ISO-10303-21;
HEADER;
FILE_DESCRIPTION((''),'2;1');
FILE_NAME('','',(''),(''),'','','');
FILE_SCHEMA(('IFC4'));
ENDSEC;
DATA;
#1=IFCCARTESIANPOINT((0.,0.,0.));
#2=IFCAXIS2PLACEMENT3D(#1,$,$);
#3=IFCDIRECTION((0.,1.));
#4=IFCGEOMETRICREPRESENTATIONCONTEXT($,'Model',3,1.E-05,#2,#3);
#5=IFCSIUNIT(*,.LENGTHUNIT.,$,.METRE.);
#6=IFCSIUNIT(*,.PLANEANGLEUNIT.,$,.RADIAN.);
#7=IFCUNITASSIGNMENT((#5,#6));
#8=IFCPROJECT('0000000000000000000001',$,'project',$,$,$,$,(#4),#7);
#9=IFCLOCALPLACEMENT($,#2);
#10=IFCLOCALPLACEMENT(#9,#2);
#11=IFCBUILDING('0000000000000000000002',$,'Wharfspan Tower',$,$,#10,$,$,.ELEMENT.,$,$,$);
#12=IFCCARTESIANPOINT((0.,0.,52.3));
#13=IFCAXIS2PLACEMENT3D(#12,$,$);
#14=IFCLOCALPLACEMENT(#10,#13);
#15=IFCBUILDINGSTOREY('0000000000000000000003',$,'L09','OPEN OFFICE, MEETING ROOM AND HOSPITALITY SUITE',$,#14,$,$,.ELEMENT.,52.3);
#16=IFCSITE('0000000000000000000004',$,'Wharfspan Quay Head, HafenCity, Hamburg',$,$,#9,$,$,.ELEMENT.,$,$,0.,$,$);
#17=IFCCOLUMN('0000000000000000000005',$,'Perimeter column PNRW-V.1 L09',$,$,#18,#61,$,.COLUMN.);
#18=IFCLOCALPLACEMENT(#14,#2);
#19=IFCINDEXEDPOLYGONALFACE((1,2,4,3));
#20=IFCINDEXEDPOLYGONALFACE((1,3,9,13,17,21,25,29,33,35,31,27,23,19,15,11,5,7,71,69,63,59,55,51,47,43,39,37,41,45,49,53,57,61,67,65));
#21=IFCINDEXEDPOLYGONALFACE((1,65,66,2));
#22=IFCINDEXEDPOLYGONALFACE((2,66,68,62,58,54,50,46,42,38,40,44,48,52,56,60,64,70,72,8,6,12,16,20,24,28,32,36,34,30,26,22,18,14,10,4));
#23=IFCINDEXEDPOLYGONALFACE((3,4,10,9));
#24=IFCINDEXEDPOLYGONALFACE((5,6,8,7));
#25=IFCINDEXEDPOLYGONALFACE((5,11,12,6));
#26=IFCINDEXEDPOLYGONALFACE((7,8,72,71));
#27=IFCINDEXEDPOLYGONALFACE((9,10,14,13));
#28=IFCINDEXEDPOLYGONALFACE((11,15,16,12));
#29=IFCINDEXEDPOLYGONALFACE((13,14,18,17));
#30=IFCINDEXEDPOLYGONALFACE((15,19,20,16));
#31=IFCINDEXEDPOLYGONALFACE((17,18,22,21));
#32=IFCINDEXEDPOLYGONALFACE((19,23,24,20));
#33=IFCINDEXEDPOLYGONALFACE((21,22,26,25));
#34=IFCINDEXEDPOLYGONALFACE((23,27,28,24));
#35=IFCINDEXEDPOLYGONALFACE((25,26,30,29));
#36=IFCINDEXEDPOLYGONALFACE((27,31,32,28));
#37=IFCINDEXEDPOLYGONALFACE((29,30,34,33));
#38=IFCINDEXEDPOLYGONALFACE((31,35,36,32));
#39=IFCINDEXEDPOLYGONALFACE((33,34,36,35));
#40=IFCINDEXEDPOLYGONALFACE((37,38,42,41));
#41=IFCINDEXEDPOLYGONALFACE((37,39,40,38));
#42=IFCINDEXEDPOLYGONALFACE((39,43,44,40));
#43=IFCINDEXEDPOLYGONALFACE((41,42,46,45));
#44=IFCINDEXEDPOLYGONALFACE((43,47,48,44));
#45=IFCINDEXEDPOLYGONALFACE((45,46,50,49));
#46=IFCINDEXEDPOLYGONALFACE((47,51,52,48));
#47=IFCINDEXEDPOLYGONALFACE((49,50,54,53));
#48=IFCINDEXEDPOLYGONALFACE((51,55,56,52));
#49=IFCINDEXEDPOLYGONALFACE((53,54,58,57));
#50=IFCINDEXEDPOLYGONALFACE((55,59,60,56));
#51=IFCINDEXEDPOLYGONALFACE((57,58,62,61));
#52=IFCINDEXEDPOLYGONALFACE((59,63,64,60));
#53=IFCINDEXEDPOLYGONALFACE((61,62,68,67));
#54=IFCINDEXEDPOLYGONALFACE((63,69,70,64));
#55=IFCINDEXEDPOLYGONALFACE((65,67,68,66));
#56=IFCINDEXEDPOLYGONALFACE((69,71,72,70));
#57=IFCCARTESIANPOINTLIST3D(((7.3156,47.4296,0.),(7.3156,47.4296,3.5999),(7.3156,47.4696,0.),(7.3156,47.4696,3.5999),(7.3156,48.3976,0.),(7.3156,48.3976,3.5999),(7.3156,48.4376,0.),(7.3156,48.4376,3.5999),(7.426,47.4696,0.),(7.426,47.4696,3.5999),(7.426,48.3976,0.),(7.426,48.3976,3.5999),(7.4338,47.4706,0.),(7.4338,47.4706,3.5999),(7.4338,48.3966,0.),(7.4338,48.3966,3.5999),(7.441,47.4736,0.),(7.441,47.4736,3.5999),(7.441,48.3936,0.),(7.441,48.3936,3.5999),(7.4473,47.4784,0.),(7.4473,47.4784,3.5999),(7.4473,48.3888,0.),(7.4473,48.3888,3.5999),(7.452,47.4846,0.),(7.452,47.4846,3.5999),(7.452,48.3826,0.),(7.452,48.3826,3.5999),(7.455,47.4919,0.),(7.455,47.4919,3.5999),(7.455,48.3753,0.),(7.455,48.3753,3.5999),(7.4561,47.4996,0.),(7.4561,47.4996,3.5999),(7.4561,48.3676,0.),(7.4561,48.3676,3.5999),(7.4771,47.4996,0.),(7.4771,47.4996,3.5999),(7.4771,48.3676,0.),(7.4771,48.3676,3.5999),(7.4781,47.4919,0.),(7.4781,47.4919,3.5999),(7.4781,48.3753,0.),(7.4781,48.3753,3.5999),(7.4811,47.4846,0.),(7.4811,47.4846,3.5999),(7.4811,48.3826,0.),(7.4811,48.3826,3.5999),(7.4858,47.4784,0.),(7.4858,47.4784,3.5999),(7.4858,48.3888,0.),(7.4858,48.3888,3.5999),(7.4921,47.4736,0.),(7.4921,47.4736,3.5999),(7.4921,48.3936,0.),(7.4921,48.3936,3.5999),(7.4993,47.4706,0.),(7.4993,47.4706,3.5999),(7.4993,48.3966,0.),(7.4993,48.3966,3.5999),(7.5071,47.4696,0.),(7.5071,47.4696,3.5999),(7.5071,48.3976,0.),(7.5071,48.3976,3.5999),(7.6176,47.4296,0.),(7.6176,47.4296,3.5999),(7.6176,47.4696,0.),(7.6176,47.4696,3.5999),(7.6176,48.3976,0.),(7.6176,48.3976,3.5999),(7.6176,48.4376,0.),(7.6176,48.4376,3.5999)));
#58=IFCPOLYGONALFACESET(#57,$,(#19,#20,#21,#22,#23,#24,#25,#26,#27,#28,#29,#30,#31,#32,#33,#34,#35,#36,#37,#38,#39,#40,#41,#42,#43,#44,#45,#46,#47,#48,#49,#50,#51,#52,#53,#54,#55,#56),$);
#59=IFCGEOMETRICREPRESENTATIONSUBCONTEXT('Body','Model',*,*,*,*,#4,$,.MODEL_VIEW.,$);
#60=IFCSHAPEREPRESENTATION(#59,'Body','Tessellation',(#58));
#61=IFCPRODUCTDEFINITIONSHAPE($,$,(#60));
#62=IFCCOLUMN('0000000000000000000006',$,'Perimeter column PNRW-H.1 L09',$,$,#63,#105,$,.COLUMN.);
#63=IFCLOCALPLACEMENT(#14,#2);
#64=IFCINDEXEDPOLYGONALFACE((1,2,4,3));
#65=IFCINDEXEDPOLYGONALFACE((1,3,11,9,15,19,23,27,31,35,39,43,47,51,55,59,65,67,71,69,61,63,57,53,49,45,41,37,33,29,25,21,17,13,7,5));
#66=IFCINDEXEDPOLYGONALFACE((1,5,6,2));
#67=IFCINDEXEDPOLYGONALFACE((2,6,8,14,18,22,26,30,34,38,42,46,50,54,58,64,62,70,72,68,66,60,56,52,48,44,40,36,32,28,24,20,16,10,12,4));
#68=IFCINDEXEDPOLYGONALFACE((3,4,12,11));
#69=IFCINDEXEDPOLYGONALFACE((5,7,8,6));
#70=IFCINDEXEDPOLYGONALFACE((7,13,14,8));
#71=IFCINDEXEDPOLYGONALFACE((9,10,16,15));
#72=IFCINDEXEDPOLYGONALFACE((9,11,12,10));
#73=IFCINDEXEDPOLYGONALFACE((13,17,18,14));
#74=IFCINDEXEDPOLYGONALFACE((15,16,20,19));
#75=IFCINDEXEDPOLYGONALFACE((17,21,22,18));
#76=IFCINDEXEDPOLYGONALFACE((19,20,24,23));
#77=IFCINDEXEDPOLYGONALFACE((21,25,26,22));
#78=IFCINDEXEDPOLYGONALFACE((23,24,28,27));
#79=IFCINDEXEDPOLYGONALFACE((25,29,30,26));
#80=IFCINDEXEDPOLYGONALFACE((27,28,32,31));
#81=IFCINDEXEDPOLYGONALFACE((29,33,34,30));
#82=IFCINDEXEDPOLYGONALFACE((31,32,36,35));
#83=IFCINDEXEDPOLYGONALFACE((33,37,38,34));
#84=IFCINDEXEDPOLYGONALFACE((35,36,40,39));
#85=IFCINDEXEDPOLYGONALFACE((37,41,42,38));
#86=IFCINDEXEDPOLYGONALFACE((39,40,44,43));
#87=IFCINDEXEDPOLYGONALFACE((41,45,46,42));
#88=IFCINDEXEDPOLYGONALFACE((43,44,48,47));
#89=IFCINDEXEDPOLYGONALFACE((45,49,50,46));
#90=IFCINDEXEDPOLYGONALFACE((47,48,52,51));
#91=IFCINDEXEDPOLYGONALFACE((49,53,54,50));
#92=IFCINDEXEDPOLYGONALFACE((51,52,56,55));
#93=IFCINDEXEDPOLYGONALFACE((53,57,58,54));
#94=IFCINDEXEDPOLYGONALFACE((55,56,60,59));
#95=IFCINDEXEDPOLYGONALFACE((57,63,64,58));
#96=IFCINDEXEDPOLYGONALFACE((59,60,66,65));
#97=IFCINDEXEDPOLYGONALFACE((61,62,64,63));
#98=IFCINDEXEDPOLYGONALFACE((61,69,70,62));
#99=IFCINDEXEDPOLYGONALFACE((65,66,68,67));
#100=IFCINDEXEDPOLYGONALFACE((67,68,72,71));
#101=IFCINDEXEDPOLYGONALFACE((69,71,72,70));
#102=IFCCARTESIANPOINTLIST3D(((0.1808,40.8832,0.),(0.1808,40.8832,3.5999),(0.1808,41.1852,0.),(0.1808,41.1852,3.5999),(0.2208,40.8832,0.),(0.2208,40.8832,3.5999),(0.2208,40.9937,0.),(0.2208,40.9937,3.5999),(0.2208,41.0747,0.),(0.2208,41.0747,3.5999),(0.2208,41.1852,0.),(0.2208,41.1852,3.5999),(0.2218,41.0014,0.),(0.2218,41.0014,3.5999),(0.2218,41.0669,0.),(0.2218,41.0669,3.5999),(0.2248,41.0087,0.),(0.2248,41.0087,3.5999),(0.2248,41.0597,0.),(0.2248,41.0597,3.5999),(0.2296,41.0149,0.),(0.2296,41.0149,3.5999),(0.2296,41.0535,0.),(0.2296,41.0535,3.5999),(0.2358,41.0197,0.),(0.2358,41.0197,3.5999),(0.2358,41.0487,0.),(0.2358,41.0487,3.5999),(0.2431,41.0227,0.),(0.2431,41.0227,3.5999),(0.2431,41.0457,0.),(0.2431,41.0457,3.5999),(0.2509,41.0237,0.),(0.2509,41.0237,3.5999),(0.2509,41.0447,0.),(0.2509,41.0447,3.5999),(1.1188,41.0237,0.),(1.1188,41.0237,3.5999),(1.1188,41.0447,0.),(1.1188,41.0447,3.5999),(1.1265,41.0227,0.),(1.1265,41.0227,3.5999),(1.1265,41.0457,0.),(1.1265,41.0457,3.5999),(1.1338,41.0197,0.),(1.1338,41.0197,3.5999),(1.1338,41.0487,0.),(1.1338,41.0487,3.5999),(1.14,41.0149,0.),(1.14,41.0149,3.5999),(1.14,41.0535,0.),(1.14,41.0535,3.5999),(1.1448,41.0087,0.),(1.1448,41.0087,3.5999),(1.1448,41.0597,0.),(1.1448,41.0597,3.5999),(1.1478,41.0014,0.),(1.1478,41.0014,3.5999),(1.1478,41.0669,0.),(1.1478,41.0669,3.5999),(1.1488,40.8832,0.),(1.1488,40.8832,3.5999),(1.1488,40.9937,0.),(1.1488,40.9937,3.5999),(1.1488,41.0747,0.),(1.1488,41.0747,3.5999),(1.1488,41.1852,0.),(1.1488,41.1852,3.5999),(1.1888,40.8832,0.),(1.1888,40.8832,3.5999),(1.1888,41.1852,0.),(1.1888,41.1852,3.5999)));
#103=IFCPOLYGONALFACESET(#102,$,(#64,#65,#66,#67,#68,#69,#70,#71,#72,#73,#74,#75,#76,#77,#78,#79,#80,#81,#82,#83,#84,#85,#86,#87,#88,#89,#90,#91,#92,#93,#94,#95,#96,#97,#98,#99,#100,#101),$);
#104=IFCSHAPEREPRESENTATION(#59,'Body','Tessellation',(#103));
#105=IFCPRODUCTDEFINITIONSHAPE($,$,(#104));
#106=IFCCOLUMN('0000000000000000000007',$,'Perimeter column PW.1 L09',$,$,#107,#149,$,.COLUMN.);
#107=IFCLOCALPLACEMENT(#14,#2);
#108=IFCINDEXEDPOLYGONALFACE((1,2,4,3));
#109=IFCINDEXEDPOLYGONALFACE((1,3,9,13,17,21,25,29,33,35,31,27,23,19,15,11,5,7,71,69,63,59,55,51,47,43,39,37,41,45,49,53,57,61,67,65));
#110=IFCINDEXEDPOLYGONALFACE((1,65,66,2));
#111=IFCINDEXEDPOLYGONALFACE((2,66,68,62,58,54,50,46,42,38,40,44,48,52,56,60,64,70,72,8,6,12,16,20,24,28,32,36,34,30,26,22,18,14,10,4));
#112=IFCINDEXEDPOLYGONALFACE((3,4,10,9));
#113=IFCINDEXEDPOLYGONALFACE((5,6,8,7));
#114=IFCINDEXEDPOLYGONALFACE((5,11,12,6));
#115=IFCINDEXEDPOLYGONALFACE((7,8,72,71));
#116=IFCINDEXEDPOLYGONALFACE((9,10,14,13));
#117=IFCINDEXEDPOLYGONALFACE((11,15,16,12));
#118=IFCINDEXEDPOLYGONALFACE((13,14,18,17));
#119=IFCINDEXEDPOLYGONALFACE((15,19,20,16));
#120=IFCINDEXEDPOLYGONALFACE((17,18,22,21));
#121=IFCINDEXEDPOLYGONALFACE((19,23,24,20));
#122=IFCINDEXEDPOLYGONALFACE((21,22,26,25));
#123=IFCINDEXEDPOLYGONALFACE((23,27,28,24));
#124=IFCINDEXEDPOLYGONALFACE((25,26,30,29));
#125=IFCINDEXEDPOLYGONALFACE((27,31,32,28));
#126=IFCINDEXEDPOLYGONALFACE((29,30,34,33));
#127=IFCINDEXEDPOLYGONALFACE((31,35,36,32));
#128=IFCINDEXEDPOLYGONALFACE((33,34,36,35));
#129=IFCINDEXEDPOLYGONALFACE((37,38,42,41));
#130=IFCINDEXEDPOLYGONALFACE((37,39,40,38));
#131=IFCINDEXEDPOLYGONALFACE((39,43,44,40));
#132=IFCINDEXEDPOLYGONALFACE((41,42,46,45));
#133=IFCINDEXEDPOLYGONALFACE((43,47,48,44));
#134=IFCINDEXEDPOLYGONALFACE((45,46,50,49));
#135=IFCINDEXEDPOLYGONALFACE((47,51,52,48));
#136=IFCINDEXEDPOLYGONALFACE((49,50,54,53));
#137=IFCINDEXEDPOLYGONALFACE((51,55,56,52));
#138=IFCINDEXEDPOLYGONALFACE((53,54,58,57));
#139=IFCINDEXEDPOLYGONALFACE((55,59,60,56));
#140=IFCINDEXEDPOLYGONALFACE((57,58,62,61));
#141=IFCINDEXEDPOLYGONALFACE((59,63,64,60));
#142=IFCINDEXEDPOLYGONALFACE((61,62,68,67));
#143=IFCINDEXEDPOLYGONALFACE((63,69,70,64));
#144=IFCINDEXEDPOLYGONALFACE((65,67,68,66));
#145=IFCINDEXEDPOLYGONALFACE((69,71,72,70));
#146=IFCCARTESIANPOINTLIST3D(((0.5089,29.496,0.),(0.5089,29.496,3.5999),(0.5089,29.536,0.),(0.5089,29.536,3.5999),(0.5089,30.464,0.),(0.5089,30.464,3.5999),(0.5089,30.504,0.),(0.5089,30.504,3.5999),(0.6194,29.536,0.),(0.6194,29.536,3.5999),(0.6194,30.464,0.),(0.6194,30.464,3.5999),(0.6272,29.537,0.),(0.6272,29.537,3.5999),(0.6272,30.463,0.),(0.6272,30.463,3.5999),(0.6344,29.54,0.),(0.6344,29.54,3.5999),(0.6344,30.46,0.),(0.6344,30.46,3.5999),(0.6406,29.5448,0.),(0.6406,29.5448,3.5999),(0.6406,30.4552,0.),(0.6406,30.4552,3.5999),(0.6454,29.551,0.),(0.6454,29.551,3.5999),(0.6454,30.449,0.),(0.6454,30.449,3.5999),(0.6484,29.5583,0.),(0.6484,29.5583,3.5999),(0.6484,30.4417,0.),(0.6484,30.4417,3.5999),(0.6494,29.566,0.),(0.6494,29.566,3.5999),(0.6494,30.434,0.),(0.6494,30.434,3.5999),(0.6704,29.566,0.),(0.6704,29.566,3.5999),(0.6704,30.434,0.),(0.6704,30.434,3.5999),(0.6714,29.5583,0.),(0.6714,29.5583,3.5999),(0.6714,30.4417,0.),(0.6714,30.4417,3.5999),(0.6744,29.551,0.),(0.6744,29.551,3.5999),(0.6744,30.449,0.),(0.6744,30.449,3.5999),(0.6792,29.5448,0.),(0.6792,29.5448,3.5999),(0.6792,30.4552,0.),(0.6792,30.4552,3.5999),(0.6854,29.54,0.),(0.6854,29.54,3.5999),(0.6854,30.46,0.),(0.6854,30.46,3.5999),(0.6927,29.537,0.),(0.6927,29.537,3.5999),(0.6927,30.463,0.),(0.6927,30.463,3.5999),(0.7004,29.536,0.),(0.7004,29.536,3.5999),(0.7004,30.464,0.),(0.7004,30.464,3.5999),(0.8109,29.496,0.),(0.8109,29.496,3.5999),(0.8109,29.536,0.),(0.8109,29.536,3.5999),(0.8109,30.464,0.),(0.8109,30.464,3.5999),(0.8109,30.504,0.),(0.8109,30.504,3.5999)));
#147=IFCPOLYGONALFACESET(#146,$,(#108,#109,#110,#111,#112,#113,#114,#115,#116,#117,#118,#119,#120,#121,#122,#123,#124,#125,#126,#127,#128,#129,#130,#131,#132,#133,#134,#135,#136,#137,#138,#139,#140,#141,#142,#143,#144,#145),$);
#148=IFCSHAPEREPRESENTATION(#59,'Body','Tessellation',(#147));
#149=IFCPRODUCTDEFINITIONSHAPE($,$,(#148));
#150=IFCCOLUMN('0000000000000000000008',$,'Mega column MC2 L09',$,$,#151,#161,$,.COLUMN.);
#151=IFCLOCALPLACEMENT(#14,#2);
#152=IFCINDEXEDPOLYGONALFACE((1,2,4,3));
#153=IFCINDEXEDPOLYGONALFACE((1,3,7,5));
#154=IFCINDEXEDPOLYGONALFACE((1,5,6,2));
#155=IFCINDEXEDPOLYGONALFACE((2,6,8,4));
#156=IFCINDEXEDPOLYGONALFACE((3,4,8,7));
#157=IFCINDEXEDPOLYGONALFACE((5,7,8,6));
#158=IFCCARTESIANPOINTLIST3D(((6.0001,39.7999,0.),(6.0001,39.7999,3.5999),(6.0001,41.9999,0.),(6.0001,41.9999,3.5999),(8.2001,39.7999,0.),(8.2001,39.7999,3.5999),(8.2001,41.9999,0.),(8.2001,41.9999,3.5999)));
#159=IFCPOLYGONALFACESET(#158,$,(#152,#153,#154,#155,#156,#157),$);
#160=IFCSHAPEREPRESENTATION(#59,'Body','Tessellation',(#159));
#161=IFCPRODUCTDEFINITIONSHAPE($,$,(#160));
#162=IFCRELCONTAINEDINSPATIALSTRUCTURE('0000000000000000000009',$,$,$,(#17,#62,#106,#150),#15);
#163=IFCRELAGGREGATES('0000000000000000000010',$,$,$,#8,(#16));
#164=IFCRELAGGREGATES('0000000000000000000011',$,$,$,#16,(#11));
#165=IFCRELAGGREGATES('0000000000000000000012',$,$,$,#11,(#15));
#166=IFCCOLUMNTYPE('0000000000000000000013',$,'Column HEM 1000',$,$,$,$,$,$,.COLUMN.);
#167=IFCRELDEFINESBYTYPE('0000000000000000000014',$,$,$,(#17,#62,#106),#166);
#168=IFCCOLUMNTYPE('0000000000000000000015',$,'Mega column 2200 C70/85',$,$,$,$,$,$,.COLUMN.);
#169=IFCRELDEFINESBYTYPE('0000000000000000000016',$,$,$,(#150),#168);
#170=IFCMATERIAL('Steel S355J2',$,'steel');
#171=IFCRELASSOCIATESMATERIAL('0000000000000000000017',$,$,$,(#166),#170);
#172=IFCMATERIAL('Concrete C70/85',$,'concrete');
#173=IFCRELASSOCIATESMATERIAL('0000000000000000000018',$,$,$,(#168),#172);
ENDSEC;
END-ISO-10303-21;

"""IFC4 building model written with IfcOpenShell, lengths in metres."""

from ifc_helpers import new_model, si_unit, direction, frame, origin, origin_2d, place, context, subcontext, project, spatial, rectangle, i_section, extrude, material, material_profile, profile_set, type_object, element, save


model = new_model("IFC4")

# Units and contexts
model_context = context("Model", 3, precision=1e-05, world=origin(), true_north=direction((0.0, 1.0)))
body_context = subcontext(model_context, "Body", "Model", "MODEL_VIEW")
ifc_project = project(units=[si_unit("LENGTHUNIT", "METRE"), si_unit("PLANEANGLEUNIT", "RADIAN")], contexts=[model_context])

# Site, building, storey
site_placement = place(None, origin())
site = spatial("IfcSite", under=ifc_project, at=site_placement, Name="Wharfspan Quay Head, HafenCity, Hamburg", CompositionType="ELEMENT", RefElevation=0.0)
building_placement = place(site_placement, origin())
building = spatial("IfcBuilding", under=site, at=building_placement, Name="Wharfspan Tower", CompositionType="ELEMENT")
storey_placement = place(building_placement, frame((0.0, 0.0, 52.3)))
storey = spatial("IfcBuildingStorey", under=building, at=storey_placement, Name="L09", Description="OPEN OFFICE, MEETING ROOM AND HOSPITALITY SUITE", CompositionType="ELEMENT", Elevation=52.3)

# Columns
ifc_material_1 = material(Name="Steel S355J2", Category="steel")
ifc_material_profile_1 = material_profile(ifc_material_1, i_section(OverallWidth=0.302, OverallDepth=1.0081, WebThickness=0.021, FlangeThickness=0.04, FilletRadius=0.03, at=origin_2d()))
ifc_profile_set_1 = profile_set([ifc_material_profile_1], Name="Steel S355J2")
column_type_1 = type_object("IfcColumnType", Name="Column HEM 1000", PredefinedType="COLUMN", material=ifc_profile_set_1)
for number, where, z_axis, x_axis, name in (
    (1, (7.4666, 47.9336, 0.0), (0.0, 0.0, 1.0), (-1.0, 0.0, 0.0), "Perimeter column PNRW-V.1 L09"),
    (2, (0.6848, 41.0342, 0.0), (0.0, 0.0, 1.0), (0.0, 1.0, 0.0), "Perimeter column PNRW-H.1 L09"),
    (3, (0.6599, 30.0, 0.0), (0.0, 0.0, 1.0), (-1.0, 0.0, 0.0), "Perimeter column PW.1 L09"),
):
    element("IfcColumn", number, at=place(storey_placement, frame(where, z_axis=z_axis, x_axis=x_axis)), inside=storey, type_object=column_type_1, Name=name, PredefinedType="COLUMN", context=body_context, shape_type="SweptSolid", body=[
        extrude(i_section(OverallWidth=0.302, OverallDepth=1.0081, WebThickness=0.021, FlangeThickness=0.04, FilletRadius=0.03, at=origin_2d()), origin(), (0.0, 0.0, 1.0), 3.5999),
    ])
ifc_material_2 = material(Name="Concrete C70/85", Category="concrete")
ifc_material_profile_2 = material_profile(ifc_material_2, rectangle(XDim=2.2, YDim=2.2, at=origin_2d()))
ifc_profile_set_2 = profile_set([ifc_material_profile_2], Name="Concrete C70/85")
column_type_2 = type_object("IfcColumnType", Name="Mega column 2200 C70/85", PredefinedType="COLUMN", material=ifc_profile_set_2)
column_placement = place(storey_placement, frame((7.1001, 40.8999, 0.0), z_axis=(0.0, 0.0, 1.0), x_axis=(1.0, 0.0, 0.0)))
element("IfcColumn", 4, at=column_placement, inside=storey, type_object=column_type_2, Name="Mega column MC2 L09", PredefinedType="COLUMN", context=body_context, shape_type="SweptSolid", body=[
    extrude(rectangle(XDim=2.2, YDim=2.2, at=origin_2d()), origin(), (0.0, 0.0, 1.0), 3.5999),
])

save(model, "model.ifc")
